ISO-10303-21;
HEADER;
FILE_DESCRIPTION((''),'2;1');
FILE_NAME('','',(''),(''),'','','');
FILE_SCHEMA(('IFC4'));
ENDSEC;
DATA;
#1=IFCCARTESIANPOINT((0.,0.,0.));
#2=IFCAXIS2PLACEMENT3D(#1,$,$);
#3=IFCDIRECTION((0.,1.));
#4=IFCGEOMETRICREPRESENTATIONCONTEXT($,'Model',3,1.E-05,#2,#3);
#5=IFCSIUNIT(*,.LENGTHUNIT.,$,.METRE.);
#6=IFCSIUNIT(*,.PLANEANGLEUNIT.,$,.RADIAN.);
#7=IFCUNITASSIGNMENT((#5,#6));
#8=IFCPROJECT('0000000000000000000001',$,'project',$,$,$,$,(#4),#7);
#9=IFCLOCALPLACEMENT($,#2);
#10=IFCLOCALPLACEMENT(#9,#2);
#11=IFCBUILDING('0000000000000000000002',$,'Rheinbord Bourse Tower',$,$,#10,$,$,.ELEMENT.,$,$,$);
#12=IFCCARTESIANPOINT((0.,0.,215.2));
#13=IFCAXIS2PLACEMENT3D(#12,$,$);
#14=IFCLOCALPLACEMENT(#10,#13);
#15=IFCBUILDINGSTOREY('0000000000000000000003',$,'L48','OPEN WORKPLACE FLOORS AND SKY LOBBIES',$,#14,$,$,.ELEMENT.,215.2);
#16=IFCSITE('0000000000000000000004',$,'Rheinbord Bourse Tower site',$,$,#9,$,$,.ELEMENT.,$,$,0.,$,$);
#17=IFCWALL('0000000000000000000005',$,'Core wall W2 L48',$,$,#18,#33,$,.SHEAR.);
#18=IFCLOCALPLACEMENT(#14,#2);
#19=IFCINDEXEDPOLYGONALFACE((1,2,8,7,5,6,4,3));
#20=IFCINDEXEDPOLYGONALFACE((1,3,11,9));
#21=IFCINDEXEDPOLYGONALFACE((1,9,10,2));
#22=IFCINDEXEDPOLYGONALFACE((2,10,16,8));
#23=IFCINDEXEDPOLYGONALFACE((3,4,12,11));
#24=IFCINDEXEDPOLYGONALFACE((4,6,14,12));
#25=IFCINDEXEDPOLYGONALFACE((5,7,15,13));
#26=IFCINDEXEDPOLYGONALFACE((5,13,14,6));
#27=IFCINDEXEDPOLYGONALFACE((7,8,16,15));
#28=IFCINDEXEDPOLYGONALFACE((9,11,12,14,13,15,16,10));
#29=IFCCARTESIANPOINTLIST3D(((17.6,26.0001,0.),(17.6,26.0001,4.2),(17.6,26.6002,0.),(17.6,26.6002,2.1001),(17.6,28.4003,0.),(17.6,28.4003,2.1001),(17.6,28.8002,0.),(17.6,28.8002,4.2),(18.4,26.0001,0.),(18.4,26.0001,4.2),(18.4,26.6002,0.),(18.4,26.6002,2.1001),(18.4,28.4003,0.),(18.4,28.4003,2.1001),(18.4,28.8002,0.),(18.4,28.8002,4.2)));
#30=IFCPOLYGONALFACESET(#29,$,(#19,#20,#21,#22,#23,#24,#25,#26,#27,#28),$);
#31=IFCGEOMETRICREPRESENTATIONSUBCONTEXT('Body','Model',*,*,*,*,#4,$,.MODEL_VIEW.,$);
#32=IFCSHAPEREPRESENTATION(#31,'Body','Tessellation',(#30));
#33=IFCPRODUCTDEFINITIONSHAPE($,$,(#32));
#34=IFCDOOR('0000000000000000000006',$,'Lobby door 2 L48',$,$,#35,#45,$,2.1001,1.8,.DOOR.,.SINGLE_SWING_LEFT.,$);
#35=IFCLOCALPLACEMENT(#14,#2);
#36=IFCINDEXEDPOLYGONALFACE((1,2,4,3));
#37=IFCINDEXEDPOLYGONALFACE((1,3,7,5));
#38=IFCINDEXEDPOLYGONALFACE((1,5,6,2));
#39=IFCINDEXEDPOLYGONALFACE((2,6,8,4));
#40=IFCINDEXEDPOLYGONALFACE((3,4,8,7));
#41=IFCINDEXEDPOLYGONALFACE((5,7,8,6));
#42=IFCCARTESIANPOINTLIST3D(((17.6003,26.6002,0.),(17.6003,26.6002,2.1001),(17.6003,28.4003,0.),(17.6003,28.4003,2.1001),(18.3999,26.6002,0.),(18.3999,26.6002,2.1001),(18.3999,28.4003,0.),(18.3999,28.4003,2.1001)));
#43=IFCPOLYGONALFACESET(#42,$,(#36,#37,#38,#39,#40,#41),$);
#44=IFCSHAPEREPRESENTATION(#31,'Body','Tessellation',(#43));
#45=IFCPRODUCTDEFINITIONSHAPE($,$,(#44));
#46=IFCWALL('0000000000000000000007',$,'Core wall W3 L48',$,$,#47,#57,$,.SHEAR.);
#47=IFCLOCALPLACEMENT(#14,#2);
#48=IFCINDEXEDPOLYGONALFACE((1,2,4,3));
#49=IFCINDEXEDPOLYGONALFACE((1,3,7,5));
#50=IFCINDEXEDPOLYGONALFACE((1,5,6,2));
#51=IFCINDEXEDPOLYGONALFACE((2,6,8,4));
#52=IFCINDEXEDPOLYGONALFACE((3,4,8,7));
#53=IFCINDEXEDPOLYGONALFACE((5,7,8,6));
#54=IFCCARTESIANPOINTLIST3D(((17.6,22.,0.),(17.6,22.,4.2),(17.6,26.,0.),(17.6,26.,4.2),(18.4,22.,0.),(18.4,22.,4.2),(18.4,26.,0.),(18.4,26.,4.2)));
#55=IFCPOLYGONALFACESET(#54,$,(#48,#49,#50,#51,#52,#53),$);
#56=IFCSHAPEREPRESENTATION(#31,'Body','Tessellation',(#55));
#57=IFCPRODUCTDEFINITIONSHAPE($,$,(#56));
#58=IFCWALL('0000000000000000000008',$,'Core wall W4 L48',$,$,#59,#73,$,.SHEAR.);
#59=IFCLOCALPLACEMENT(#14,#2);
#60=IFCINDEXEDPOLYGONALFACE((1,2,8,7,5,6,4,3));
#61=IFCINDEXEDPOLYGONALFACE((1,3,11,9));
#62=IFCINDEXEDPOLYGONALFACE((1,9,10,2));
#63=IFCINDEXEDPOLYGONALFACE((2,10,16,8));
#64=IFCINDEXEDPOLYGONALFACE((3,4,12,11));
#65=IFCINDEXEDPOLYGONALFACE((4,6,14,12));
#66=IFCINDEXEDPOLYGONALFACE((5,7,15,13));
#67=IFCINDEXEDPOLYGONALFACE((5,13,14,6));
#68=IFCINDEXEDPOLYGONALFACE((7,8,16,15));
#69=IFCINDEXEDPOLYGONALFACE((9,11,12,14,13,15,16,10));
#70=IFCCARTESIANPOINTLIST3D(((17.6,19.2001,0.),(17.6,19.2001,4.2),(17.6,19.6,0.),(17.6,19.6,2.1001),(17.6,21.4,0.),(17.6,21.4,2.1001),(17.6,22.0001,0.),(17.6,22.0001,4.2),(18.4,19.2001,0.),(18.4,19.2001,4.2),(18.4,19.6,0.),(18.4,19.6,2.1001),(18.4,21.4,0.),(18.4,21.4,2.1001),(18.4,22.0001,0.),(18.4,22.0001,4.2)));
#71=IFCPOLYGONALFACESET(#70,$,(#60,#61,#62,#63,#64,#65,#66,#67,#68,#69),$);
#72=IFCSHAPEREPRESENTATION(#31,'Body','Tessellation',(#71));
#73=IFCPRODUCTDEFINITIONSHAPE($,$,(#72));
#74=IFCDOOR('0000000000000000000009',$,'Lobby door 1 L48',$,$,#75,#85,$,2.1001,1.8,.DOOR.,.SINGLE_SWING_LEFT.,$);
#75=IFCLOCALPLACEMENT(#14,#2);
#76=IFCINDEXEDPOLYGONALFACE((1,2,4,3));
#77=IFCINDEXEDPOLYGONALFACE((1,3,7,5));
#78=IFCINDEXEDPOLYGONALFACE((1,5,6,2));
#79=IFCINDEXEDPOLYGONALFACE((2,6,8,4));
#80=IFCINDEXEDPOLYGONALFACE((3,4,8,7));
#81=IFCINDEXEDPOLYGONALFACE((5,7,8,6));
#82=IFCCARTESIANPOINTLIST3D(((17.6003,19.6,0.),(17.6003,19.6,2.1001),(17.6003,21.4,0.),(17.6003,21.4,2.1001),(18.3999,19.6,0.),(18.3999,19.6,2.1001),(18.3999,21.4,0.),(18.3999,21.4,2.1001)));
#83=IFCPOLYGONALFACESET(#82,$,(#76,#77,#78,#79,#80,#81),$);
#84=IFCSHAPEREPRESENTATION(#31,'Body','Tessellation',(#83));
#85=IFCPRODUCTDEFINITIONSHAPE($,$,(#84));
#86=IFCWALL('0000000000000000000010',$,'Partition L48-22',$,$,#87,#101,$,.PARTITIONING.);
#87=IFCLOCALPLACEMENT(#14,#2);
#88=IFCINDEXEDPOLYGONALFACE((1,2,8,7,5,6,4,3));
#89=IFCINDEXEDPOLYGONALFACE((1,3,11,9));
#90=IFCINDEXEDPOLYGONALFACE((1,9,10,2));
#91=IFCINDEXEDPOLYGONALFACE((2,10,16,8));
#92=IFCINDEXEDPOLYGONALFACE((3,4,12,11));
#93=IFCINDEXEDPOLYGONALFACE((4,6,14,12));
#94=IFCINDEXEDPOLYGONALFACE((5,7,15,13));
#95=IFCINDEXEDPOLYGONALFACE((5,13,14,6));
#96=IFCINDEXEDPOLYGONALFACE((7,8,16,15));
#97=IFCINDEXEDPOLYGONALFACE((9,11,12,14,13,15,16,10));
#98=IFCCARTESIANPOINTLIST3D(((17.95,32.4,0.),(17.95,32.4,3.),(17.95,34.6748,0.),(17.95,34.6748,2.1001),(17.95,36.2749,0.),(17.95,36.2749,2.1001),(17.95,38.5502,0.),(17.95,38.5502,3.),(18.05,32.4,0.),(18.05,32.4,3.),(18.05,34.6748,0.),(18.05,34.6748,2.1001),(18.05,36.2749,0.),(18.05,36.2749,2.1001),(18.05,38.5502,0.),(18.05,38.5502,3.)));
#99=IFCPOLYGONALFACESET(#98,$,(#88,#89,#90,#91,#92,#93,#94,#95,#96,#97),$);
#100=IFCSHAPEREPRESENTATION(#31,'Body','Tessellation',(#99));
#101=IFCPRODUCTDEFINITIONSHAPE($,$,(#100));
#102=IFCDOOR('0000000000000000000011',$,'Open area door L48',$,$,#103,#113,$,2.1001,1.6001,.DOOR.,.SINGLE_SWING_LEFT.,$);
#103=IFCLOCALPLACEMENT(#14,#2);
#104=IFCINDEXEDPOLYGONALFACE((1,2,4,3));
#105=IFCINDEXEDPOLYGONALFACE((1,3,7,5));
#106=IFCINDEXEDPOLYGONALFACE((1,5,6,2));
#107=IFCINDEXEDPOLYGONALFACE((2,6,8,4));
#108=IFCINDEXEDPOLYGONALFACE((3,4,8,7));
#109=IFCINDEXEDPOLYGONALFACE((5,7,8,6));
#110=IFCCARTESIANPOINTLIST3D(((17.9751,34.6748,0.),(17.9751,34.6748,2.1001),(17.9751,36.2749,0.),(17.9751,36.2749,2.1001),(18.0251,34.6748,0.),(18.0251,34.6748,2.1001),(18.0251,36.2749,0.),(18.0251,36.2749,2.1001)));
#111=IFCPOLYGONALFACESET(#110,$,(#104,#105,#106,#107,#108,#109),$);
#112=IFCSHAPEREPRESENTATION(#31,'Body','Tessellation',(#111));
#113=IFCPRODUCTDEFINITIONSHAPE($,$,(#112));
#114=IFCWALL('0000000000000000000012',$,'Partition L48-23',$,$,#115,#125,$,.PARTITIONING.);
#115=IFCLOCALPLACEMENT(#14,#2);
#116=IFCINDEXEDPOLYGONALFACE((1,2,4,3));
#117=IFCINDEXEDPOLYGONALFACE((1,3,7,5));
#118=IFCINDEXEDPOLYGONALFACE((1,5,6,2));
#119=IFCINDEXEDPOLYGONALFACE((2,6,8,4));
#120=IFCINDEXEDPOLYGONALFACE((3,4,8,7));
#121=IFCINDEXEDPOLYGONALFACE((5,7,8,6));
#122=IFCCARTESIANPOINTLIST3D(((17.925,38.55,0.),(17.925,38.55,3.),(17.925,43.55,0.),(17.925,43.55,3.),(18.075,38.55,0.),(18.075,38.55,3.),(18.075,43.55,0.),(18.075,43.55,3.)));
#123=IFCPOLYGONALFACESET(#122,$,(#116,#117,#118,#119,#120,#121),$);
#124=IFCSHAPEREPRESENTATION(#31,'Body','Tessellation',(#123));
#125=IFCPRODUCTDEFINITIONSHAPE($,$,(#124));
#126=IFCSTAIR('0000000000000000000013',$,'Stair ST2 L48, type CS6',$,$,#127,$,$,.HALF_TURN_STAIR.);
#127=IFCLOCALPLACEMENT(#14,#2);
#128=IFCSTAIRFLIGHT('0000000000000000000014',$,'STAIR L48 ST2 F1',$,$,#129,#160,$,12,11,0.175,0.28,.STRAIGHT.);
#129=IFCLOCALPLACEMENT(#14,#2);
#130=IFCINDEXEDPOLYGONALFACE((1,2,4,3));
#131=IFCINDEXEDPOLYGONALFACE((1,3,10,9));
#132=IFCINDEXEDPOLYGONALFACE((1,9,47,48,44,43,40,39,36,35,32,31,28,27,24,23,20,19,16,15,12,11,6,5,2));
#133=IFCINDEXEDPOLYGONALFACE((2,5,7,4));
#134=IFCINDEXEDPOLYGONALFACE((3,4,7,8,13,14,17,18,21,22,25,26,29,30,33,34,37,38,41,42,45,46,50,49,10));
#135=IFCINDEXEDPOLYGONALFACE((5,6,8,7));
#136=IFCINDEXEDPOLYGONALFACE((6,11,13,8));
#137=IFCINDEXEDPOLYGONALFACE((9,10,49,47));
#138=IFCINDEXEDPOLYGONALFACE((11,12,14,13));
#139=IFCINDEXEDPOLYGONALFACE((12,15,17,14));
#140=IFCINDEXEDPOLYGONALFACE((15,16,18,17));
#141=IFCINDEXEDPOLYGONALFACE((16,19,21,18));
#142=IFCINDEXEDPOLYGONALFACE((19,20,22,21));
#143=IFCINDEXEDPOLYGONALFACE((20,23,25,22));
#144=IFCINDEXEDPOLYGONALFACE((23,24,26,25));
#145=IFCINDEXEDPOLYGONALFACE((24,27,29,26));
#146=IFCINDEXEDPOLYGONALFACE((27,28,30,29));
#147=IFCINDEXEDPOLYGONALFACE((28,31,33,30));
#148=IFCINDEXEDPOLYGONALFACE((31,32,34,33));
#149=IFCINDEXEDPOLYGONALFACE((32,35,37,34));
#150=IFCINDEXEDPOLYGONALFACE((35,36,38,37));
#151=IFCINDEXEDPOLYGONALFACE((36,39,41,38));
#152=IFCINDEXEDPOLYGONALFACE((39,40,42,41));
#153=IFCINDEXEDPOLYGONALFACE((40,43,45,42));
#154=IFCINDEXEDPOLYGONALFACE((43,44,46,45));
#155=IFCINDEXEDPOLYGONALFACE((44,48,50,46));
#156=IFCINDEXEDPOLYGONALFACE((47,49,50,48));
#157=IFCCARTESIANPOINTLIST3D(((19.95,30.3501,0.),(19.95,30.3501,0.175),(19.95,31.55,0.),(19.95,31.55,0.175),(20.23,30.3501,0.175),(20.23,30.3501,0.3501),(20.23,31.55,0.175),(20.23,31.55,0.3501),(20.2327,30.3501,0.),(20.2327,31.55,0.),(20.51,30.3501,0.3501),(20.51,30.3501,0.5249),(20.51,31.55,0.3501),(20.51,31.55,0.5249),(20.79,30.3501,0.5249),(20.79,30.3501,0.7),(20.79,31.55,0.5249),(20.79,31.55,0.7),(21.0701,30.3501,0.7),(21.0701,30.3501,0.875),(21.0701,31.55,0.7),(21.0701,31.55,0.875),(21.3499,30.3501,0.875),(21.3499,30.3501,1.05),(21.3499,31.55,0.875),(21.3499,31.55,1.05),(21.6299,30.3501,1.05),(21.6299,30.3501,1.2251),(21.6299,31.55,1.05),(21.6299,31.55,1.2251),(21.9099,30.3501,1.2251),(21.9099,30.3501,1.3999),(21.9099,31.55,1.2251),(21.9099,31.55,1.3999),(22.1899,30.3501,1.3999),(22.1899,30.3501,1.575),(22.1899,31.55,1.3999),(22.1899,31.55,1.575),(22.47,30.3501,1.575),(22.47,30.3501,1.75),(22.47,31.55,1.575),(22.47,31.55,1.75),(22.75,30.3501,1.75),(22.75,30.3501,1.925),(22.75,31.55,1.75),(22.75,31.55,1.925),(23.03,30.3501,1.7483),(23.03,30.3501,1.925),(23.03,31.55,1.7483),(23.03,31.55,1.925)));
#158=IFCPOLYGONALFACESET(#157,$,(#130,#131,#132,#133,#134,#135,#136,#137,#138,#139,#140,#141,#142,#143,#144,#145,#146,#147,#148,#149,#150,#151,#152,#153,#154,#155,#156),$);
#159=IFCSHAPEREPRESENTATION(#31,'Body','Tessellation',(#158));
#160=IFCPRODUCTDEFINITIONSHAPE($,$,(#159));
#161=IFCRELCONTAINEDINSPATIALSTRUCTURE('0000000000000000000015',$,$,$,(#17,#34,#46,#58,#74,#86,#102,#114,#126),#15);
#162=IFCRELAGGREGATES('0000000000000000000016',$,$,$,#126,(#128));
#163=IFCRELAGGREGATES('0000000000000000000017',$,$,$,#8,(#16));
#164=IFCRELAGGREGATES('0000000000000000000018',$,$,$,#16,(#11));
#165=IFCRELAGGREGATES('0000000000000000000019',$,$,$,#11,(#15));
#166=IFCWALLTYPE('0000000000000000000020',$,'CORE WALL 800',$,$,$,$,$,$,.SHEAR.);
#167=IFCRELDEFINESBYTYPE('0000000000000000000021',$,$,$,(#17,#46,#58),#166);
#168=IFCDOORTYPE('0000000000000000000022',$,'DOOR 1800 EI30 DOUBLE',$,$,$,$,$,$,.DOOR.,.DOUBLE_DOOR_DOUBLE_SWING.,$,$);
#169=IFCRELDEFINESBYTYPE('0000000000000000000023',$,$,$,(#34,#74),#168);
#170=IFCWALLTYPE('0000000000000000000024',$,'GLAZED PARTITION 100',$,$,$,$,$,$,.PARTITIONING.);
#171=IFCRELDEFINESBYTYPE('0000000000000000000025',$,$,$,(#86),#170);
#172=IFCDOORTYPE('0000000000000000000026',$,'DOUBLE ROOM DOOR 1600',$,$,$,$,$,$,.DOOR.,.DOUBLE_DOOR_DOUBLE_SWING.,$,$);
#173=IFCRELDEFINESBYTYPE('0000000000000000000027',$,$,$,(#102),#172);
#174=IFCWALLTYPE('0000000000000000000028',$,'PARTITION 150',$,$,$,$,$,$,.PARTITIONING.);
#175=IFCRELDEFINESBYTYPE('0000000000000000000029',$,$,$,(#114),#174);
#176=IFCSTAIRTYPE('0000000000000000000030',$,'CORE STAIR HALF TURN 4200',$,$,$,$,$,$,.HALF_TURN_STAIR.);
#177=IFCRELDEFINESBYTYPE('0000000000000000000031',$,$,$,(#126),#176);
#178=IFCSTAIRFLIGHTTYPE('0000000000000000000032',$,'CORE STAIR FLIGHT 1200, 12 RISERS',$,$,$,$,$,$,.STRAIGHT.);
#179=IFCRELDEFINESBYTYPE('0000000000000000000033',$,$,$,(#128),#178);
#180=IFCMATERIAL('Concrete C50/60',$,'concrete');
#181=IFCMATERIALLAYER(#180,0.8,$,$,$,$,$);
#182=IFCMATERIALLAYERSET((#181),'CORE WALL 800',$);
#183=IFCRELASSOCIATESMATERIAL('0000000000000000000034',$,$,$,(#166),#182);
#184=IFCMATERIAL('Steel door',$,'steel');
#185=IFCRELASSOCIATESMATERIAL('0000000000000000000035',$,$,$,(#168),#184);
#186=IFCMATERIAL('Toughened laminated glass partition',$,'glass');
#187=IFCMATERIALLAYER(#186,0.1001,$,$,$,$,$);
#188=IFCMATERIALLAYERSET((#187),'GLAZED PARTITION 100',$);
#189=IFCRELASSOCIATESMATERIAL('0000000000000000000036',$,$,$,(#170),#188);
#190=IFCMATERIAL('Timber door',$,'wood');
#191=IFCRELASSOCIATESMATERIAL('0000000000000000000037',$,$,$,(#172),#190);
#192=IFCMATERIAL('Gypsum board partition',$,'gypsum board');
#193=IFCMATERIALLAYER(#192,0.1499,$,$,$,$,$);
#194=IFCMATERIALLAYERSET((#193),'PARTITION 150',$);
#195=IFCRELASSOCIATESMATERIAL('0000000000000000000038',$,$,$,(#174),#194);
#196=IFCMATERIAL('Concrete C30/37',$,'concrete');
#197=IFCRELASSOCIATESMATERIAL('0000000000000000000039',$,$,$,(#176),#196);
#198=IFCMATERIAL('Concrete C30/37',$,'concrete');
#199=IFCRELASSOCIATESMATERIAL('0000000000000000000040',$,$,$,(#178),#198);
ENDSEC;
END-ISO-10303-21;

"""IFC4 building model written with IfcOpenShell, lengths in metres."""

from ifc_helpers import new_model, si_unit, direction, frame, frame_2d, origin, place, context, subcontext, project, spatial, polyline, rectangle, outline, extrude, material, layer, layer_set, type_object, element, fill, aggregate, save


model = new_model("IFC4")

# Units and contexts
model_context = context("Model", 3, precision=1e-05, world=origin(), true_north=direction((0.0, 1.0)))
body_context = subcontext(model_context, "Body", "Model", "MODEL_VIEW")
ifc_project = project(units=[si_unit("LENGTHUNIT", "METRE"), si_unit("PLANEANGLEUNIT", "RADIAN")], contexts=[model_context])

# Site, building, storey
site_placement = place(None, origin())
site = spatial("IfcSite", under=ifc_project, at=site_placement, Name="Rheinbord Bourse Tower site", CompositionType="ELEMENT", RefElevation=0.0)
building_placement = place(site_placement, origin())
building = spatial("IfcBuilding", under=site, at=building_placement, Name="Rheinbord Bourse Tower", CompositionType="ELEMENT")
storey_placement = place(building_placement, frame((0.0, 0.0, 215.2)))
storey = spatial("IfcBuildingStorey", under=building, at=storey_placement, Name="L48", Description="OPEN WORKPLACE FLOORS AND SKY LOBBIES", CompositionType="ELEMENT", Elevation=215.2)

# Shared definitions
ifc_material_1 = material(Name="Concrete C50/60", Category="concrete")
ifc_layer_1 = layer(ifc_material_1, 0.8)
ifc_layer_set_1 = layer_set([ifc_layer_1], Name="CORE WALL 800")
wall_type_1 = type_object("IfcWallType", Name="CORE WALL 800", PredefinedType="SHEAR", material=ifc_layer_set_1)

# Wall, opening, door
wall_1_placement = place(storey_placement, frame((18.0, 28.8, 0.0), z_axis=(0.0, 0.0, 1.0), x_axis=(0.0, -1.0, 0.0)))
wall_1 = element("IfcWall", 1, at=wall_1_placement, inside=storey, type_object=wall_type_1, Name="Core wall W2 L48", PredefinedType="SHEAR", context=body_context, shape_type="SweptSolid", body=[
    extrude(rectangle(XDim=2.8, YDim=0.8, at=frame_2d((1.3999, 0.0))), origin(), (0.0, 0.0, 1.0), 4.2),
])
opening_1_placement = place(wall_1_placement, frame((0.3999, 0.0, 0.0)))
opening_1 = element("IfcOpeningElement", 2, at=opening_1_placement, cuts=wall_1, PredefinedType="OPENING", context=body_context, shape_type="SweptSolid", body=[
    extrude(rectangle(XDim=1.8, YDim=2.1001, at=frame_2d((0.8999, 1.05))), frame((0.0, 0.4099, 0.0), z_axis=(0.0, -1.0, 0.0), x_axis=(1.0, 0.0, 0.0)), (0.0, 0.0, 1.0), 0.8201),
])
ifc_material_2 = material(Name="Steel door", Category="steel")
door_type_1 = type_object("IfcDoorType", Name="DOOR 1800 EI30 DOUBLE", OperationType="DOUBLE_DOOR_DOUBLE_SWING", PredefinedType="DOOR", material=ifc_material_2)
door_1_placement = place(opening_1_placement, origin())
door_1 = element("IfcDoor", 3, at=door_1_placement, inside=storey, type_object=door_type_1, Name="Lobby door 2 L48", OperationType="SINGLE_SWING_LEFT", OverallHeight=2.1001, OverallWidth=1.8, PredefinedType="DOOR", context=body_context, shape_type="SweptSolid", body=[
    extrude(rectangle(XDim=1.8, YDim=2.1001, at=frame_2d((0.8999, 1.05))), frame((0.0, 0.3999, 0.0), z_axis=(0.0, -1.0, 0.0), x_axis=(1.0, 0.0, 0.0)), (0.0, 0.0, 1.0), 0.7996),
])
fill(opening_1, door_1)

# Wall
wall_2_placement = place(storey_placement, frame((18.0, 26.0, 0.0), z_axis=(0.0, 0.0, 1.0), x_axis=(0.0, -1.0, 0.0)))
element("IfcWall", 4, at=wall_2_placement, inside=storey, type_object=wall_type_1, Name="Core wall W3 L48", PredefinedType="SHEAR", context=body_context, shape_type="SweptSolid", body=[
    extrude(rectangle(XDim=4.0, YDim=0.8, at=frame_2d((2.0, 0.0))), origin(), (0.0, 0.0, 1.0), 4.2),
])

# Walls, openings, doors
wall_3_placement = place(storey_placement, frame((18.0, 22.0, 0.0), z_axis=(0.0, 0.0, 1.0), x_axis=(0.0, -1.0, 0.0)))
wall_3 = element("IfcWall", 5, at=wall_3_placement, inside=storey, type_object=wall_type_1, Name="Core wall W4 L48", PredefinedType="SHEAR", context=body_context, shape_type="SweptSolid", body=[
    extrude(rectangle(XDim=2.8, YDim=0.8, at=frame_2d((1.3999, 0.0))), origin(), (0.0, 0.0, 1.0), 4.2),
])
opening_2_placement = place(wall_3_placement, frame((0.6001, 0.0, 0.0)))
opening_2 = element("IfcOpeningElement", 6, at=opening_2_placement, cuts=wall_3, PredefinedType="OPENING", context=body_context, shape_type="SweptSolid", body=[
    extrude(rectangle(XDim=1.8, YDim=2.1001, at=frame_2d((0.8999, 1.05))), frame((0.0, 0.4099, 0.0), z_axis=(0.0, -1.0, 0.0), x_axis=(1.0, 0.0, 0.0)), (0.0, 0.0, 1.0), 0.8201),
])
door_2_placement = place(opening_2_placement, origin())
door_2 = element("IfcDoor", 7, at=door_2_placement, inside=storey, type_object=door_type_1, Name="Lobby door 1 L48", OperationType="SINGLE_SWING_LEFT", OverallHeight=2.1001, OverallWidth=1.8, PredefinedType="DOOR", context=body_context, shape_type="SweptSolid", body=[
    extrude(rectangle(XDim=1.8, YDim=2.1001, at=frame_2d((0.8999, 1.05))), frame((0.0, 0.3999, 0.0), z_axis=(0.0, -1.0, 0.0), x_axis=(1.0, 0.0, 0.0)), (0.0, 0.0, 1.0), 0.7996),
])
fill(opening_2, door_2)
ifc_material_3 = material(Name="Toughened laminated glass partition", Category="glass")
ifc_layer_2 = layer(ifc_material_3, 0.1001)
ifc_layer_set_2 = layer_set([ifc_layer_2], Name="GLAZED PARTITION 100")
wall_type_2 = type_object("IfcWallType", Name="GLAZED PARTITION 100", PredefinedType="PARTITIONING", material=ifc_layer_set_2)
wall_4_placement = place(storey_placement, frame((18.0, 32.3999, 0.0), z_axis=(0.0, 0.0, 1.0), x_axis=(0.0, 1.0, 0.0)))
wall_4 = element("IfcWall", 8, at=wall_4_placement, inside=storey, type_object=wall_type_2, Name="Partition L48-22", PredefinedType="PARTITIONING", context=body_context, shape_type="SweptSolid", body=[
    extrude(rectangle(XDim=6.1501, YDim=0.1001, at=frame_2d((3.0752, 0.0))), origin(), (0.0, 0.0, 1.0), 3.0),
])
opening_3_placement = place(wall_4_placement, frame((2.2749, 0.0, 0.0)))
opening_3 = element("IfcOpeningElement", 9, at=opening_3_placement, cuts=wall_4, PredefinedType="OPENING", context=body_context, shape_type="SweptSolid", body=[
    extrude(rectangle(XDim=1.6001, YDim=2.1001, at=frame_2d((0.8, 1.05))), frame((0.0, 0.0601, 0.0), z_axis=(0.0, -1.0, 0.0), x_axis=(1.0, 0.0, 0.0)), (0.0, 0.0, 1.0), 0.1201),
])
ifc_material_4 = material(Name="Timber door", Category="wood")
door_type_2 = type_object("IfcDoorType", Name="DOUBLE ROOM DOOR 1600", OperationType="DOUBLE_DOOR_DOUBLE_SWING", PredefinedType="DOOR", material=ifc_material_4)
door_3_placement = place(opening_3_placement, origin())
door_3 = element("IfcDoor", 10, at=door_3_placement, inside=storey, type_object=door_type_2, Name="Open area door L48", OperationType="SINGLE_SWING_LEFT", OverallHeight=2.1001, OverallWidth=1.6001, PredefinedType="DOOR", context=body_context, shape_type="SweptSolid", body=[
    extrude(rectangle(XDim=1.6001, YDim=2.1001, at=frame_2d((0.8, 1.05))), frame((0.0, 0.0249, 0.0), z_axis=(0.0, -1.0, 0.0), x_axis=(1.0, 0.0, 0.0)), (0.0, 0.0, 1.0), 0.05),
])
fill(opening_3, door_3)

# Wall
ifc_material_5 = material(Name="Gypsum board partition", Category="gypsum board")
ifc_layer_3 = layer(ifc_material_5, 0.1499)
ifc_layer_set_3 = layer_set([ifc_layer_3], Name="PARTITION 150")
wall_type_3 = type_object("IfcWallType", Name="PARTITION 150", PredefinedType="PARTITIONING", material=ifc_layer_set_3)
wall_5_placement = place(storey_placement, frame((18.0, 38.55, 0.0), z_axis=(0.0, 0.0, 1.0), x_axis=(0.0, 1.0, 0.0)))
element("IfcWall", 11, at=wall_5_placement, inside=storey, type_object=wall_type_3, Name="Partition L48-23", PredefinedType="PARTITIONING", context=body_context, shape_type="SweptSolid", body=[
    extrude(rectangle(XDim=5.0, YDim=0.1499, at=frame_2d((2.5, 0.0))), origin(), (0.0, 0.0, 1.0), 3.0),
])

# Stair, stair flight
ifc_material_6 = material(Name="Concrete C30/37", Category="concrete")
stair_type = type_object("IfcStairType", Name="CORE STAIR HALF TURN 4200", PredefinedType="HALF_TURN_STAIR", material=ifc_material_6)
stair_placement = place(storey_placement, origin())
stair = element("IfcStair", 12, at=stair_placement, inside=storey, type_object=stair_type, Name="Stair ST2 L48, type CS6", PredefinedType="HALF_TURN_STAIR")
ifc_material_7 = material(Name="Concrete C30/37", Category="concrete")
stair_flight_type = type_object("IfcStairFlightType", Name="CORE STAIR FLIGHT 1200, 12 RISERS", PredefinedType="STRAIGHT", material=ifc_material_7)
stair_flight_1_placement = place(storey_placement, frame((19.95, 30.95, 0.0), z_axis=(0.0, 0.0, 1.0), x_axis=(1.0, 0.0, 0.0)))
stair_flight_1 = element("IfcStairFlight", 13, at=stair_flight_1_placement, type_object=stair_flight_type, Name="STAIR L48 ST2 F1", NumberOfRisers=12, NumberOfTreads=11, PredefinedType="STRAIGHT", RiserHeight=0.175, TreadLength=0.28, context=body_context, shape_type="SweptSolid", body=[
    extrude(outline(polyline([(0.0, 0.0), (0.0, 0.175), (0.28, 0.175), (0.28, 0.3501), (0.5601, 0.3501), (0.5601, 0.5249), (0.8401, 0.5249), (0.8401, 0.7), (1.1201, 0.7), (1.1201, 0.875), (1.3999, 0.875), (1.3999, 1.05), (1.6799, 1.05), (1.6799, 1.2251), (1.96, 1.2251), (1.96, 1.3999), (2.24, 1.3999), (2.24, 1.575), (2.52, 1.575), (2.52, 1.75), (2.8, 1.75), (2.8, 1.925), (3.0801, 1.925), (3.0801, 2.1001), (3.0801, 1.7483), (0.2827, 0.0), (0.0, 0.0)])), frame((0.0, 0.6001, 0.0), z_axis=(0.0, -1.0, 0.0), x_axis=(1.0, 0.0, 0.0)), (0.0, 0.0, 1.0), 1.2),
])
aggregate(stair, [stair_flight_1])

save(model, "model.ifc")
